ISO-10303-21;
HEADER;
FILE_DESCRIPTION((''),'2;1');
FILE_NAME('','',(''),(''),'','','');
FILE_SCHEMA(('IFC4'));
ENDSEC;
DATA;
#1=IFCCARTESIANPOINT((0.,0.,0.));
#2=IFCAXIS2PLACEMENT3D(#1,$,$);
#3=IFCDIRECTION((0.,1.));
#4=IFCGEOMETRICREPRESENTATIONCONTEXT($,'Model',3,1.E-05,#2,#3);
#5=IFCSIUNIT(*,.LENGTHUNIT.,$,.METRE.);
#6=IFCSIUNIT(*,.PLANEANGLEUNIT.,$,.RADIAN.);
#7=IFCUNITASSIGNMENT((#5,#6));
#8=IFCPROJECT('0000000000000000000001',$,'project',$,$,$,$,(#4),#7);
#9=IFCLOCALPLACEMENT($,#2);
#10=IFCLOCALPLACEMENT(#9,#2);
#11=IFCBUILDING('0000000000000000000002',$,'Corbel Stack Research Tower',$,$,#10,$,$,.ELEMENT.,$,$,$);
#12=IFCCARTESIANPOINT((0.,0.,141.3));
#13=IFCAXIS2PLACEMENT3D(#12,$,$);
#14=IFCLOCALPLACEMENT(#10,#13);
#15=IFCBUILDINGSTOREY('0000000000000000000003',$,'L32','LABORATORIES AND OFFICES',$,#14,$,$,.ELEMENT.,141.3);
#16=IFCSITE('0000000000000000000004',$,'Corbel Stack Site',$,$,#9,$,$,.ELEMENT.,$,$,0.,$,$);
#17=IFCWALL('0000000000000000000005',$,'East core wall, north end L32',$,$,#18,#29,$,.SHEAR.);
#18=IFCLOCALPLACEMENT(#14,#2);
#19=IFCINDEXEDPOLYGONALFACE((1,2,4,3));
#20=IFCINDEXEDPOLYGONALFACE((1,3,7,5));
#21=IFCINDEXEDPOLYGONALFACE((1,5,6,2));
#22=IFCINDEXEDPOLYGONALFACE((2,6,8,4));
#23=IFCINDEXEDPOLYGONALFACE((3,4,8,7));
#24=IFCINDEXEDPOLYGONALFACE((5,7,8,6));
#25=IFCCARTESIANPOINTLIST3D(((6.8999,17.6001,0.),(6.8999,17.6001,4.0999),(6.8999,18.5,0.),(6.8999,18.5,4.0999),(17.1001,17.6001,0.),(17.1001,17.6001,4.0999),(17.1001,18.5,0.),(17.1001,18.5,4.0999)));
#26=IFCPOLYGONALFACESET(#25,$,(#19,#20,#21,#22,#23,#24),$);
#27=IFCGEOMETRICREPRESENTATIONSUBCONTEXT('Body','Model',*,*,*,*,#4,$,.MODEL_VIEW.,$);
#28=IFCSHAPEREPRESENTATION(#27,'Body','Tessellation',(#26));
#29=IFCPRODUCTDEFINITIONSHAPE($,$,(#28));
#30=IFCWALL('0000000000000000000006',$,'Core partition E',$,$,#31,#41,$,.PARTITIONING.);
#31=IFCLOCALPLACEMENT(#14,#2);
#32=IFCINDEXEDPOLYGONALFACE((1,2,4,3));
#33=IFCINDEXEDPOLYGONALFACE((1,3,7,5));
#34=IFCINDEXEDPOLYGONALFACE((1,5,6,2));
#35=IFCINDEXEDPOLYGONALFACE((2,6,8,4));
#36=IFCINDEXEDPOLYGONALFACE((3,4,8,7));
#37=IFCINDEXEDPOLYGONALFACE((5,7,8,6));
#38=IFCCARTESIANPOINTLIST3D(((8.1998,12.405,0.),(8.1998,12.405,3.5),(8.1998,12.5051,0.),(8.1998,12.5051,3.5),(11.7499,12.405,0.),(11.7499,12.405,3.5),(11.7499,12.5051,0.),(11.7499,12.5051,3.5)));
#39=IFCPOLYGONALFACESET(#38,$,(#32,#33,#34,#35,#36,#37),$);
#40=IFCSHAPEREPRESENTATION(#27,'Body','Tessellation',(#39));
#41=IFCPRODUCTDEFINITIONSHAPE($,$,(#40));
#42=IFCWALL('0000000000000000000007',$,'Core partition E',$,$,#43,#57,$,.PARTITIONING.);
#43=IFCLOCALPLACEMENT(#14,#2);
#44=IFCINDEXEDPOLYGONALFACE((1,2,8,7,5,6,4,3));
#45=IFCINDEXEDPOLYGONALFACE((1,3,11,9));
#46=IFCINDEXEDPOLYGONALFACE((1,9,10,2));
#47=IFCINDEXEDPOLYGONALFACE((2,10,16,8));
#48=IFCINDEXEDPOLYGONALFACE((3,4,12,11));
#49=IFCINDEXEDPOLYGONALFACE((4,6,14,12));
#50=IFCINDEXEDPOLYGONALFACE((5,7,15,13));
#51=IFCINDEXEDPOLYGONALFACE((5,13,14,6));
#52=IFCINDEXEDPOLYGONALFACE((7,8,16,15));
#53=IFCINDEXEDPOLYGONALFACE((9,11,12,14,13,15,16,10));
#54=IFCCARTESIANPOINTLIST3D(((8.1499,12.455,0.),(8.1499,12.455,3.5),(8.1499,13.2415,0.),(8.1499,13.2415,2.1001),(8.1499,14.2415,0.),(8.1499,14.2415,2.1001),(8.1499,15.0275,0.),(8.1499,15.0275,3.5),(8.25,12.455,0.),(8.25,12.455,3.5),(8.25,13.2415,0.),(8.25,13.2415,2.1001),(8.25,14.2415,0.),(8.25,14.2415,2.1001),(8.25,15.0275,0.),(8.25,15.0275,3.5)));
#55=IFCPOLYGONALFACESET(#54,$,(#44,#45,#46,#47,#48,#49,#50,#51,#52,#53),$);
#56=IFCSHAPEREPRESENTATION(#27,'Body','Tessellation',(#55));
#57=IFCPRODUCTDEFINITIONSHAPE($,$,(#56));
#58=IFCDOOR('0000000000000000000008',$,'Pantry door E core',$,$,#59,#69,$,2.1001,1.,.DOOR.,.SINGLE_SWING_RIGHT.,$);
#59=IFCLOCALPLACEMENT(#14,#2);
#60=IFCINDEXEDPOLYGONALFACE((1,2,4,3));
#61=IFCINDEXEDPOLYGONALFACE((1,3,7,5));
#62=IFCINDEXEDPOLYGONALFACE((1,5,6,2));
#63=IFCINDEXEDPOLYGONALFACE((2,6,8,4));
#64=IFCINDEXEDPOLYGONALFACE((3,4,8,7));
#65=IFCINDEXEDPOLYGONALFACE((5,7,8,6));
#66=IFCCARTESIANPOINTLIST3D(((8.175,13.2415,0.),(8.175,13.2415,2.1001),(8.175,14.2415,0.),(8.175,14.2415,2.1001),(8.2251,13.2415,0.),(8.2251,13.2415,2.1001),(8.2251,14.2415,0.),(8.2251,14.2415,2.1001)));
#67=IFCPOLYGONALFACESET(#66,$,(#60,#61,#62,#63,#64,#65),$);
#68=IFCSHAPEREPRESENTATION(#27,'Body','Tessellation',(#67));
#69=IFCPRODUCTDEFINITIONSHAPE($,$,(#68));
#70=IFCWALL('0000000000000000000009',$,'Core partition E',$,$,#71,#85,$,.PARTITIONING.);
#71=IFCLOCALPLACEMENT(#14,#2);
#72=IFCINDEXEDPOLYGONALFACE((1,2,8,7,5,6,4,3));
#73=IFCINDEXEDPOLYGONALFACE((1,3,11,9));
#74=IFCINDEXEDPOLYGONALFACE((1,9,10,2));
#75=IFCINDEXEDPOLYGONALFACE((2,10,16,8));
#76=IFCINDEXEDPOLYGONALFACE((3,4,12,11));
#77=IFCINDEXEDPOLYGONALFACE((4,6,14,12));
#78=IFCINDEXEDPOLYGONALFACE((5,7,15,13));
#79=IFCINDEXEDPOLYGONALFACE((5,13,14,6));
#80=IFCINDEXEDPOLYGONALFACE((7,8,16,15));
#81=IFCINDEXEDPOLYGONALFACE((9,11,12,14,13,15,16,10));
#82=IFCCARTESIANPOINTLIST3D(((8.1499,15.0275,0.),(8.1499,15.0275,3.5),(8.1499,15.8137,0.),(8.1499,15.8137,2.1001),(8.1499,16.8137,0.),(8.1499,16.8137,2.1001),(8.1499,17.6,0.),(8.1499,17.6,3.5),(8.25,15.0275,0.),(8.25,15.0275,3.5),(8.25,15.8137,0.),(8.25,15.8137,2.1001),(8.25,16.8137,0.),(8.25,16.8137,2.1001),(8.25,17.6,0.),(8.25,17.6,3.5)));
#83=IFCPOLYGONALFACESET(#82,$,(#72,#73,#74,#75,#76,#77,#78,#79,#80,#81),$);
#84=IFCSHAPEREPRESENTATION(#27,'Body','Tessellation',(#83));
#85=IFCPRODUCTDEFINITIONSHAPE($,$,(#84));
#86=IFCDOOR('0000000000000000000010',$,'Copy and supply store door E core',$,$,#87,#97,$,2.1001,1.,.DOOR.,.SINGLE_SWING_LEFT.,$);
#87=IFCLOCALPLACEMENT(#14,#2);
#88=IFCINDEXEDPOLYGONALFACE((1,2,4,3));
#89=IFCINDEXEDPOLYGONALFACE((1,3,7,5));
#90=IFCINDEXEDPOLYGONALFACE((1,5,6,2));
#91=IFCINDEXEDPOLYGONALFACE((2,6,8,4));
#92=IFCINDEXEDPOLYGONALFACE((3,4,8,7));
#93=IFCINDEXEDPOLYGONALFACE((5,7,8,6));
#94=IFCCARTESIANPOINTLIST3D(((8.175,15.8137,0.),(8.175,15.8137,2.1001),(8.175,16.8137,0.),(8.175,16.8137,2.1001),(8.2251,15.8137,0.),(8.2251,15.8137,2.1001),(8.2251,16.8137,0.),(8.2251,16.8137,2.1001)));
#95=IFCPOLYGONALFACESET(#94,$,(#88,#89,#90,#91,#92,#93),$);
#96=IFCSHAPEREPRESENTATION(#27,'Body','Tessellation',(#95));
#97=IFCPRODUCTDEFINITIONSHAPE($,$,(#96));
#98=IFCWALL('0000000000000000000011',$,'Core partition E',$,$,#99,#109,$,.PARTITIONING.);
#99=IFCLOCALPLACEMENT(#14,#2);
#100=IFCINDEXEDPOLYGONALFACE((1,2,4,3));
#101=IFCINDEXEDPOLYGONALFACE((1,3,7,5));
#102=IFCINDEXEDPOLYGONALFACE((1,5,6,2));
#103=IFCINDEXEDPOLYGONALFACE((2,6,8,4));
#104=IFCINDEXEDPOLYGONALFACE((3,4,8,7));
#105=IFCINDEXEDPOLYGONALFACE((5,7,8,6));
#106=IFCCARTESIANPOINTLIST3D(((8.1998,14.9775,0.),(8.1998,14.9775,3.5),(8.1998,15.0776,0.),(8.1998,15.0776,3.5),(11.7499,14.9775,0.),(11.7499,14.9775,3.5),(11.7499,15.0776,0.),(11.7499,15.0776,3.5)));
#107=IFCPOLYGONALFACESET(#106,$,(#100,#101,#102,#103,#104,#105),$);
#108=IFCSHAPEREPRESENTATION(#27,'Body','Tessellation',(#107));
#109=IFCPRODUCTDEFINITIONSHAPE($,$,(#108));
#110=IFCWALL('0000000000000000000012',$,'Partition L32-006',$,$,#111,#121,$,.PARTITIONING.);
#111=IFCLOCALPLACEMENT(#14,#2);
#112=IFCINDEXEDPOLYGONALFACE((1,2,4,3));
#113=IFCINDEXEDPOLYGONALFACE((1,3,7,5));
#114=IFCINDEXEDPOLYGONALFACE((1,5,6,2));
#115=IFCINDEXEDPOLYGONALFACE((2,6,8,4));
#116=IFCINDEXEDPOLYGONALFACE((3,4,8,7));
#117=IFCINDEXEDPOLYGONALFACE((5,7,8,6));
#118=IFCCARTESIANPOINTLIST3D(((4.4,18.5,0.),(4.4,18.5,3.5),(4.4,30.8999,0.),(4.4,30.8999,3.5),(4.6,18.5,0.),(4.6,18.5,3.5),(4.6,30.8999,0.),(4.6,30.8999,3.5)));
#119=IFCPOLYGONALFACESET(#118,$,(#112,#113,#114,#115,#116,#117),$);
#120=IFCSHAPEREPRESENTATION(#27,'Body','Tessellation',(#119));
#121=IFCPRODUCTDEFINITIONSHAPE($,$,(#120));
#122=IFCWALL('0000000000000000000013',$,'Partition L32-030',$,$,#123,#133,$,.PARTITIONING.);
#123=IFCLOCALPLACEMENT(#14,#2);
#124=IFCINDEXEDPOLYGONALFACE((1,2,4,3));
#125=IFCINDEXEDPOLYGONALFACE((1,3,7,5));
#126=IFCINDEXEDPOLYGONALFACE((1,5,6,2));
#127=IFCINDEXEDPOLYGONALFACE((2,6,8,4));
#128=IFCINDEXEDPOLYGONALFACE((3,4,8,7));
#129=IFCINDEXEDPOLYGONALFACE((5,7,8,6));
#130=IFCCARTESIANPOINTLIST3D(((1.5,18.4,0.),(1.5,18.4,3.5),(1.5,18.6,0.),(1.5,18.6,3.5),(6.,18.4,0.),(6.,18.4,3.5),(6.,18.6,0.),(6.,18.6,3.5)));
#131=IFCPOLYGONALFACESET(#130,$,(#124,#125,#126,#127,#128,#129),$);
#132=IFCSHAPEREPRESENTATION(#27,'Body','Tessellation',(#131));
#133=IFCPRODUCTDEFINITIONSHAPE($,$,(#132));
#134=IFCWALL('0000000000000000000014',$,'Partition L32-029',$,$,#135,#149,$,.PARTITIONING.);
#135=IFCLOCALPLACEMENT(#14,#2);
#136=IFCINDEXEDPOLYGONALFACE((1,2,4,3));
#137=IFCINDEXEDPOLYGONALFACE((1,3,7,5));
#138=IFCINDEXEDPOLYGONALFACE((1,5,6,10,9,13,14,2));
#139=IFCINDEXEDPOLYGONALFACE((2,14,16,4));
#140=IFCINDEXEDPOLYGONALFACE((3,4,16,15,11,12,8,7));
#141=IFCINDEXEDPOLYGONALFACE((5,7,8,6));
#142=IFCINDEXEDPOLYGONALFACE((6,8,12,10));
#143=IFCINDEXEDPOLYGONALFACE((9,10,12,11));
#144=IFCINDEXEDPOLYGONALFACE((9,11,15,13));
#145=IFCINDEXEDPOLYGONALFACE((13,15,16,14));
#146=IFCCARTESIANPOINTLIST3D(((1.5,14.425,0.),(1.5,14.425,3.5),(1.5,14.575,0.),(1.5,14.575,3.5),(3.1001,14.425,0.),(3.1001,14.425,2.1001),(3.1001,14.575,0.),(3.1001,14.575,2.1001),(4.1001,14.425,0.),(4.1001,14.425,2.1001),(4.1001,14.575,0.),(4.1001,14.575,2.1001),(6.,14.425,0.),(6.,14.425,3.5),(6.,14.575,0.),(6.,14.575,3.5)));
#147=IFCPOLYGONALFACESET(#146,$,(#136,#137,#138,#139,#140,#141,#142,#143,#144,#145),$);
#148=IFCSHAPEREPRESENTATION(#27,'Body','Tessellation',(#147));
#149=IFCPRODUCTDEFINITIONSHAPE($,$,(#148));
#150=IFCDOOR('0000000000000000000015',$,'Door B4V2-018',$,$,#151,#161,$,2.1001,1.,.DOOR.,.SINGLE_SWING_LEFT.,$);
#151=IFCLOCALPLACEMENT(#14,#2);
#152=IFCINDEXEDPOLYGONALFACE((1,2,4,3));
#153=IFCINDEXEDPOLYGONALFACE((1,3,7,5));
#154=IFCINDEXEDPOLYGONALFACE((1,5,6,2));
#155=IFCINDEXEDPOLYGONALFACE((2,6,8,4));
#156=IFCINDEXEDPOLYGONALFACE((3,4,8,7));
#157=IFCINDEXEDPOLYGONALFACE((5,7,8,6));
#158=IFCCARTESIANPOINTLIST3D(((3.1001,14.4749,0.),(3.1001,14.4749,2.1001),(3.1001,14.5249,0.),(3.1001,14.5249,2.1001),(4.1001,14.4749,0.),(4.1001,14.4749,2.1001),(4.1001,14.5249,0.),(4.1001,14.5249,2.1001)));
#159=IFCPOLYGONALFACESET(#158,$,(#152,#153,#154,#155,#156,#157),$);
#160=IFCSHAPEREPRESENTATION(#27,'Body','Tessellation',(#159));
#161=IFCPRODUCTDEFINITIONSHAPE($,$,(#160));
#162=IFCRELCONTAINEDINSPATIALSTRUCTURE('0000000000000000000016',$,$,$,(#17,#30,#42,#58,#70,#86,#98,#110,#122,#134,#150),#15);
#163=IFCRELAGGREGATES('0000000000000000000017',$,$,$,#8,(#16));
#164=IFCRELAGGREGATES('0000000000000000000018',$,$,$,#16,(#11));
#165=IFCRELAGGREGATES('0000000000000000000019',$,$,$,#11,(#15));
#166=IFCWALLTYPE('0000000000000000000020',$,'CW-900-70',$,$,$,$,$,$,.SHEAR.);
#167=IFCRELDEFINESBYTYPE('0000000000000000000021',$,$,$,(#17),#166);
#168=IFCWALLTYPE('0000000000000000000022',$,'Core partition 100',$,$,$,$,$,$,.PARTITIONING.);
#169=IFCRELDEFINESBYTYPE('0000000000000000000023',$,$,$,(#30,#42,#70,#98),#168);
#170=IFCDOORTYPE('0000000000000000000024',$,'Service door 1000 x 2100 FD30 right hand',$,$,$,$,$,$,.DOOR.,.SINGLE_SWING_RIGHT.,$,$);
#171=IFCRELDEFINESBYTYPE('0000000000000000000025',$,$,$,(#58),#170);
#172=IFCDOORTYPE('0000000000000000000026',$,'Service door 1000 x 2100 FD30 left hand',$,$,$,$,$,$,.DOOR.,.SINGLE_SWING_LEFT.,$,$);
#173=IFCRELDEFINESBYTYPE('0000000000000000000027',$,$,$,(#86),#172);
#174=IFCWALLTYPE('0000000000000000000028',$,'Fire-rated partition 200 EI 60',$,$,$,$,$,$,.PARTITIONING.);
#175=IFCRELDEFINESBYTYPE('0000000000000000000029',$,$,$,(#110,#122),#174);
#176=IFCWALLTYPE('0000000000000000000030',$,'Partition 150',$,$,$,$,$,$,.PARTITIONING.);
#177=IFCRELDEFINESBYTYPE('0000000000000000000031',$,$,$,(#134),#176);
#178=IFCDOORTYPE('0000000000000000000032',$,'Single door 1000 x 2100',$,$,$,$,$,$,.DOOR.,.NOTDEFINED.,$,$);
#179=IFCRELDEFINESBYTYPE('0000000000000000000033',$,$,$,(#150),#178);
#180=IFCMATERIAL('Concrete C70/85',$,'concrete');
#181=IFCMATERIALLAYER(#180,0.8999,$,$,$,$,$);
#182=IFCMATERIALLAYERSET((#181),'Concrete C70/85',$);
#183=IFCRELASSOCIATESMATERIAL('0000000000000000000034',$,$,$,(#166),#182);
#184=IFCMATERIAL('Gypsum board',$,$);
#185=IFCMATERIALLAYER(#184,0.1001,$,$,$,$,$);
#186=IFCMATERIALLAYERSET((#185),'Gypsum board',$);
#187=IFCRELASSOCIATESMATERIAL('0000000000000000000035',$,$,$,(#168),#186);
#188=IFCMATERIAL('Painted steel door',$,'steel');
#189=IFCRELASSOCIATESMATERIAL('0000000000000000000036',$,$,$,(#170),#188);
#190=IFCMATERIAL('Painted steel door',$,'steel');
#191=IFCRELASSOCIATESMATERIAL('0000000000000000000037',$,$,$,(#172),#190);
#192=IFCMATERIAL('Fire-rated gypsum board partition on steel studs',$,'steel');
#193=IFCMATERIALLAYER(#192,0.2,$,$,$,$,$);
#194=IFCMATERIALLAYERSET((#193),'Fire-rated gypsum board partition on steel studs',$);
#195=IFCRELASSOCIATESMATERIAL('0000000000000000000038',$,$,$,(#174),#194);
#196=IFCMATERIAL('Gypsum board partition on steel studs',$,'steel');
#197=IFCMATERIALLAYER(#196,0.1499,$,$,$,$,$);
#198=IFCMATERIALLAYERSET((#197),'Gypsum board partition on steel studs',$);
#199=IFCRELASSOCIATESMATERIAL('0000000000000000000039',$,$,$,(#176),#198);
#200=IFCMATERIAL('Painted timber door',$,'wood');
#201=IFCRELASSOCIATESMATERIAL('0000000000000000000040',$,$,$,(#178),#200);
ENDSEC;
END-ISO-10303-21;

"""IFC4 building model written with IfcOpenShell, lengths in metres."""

from ifc_helpers import new_model, si_unit, direction, frame, frame_2d, origin, place, context, subcontext, project, spatial, rectangle, extrude, material, layer, layer_set, type_object, element, fill, save


model = new_model("IFC4")

# Units and contexts
model_context = context("Model", 3, precision=1e-05, world=origin(), true_north=direction((0.0, 1.0)))
body_context = subcontext(model_context, "Body", "Model", "MODEL_VIEW")
ifc_project = project(units=[si_unit("LENGTHUNIT", "METRE"), si_unit("PLANEANGLEUNIT", "RADIAN")], contexts=[model_context])

# Site, building, storey
site_placement = place(None, origin())
site = spatial("IfcSite", under=ifc_project, at=site_placement, Name="Corbel Stack Site", CompositionType="ELEMENT", RefElevation=0.0)
building_placement = place(site_placement, origin())
building = spatial("IfcBuilding", under=site, at=building_placement, Name="Corbel Stack Research Tower", CompositionType="ELEMENT")
storey_placement = place(building_placement, frame((0.0, 0.0, 141.3)))
storey = spatial("IfcBuildingStorey", under=building, at=storey_placement, Name="L32", Description="LABORATORIES AND OFFICES", CompositionType="ELEMENT", Elevation=141.3)

# Walls
ifc_material_1 = material(Name="Concrete C70/85", Category="concrete")
ifc_layer_1 = layer(ifc_material_1, 0.8999)
ifc_layer_set_1 = layer_set([ifc_layer_1], Name="Concrete C70/85")
wall_type_1 = type_object("IfcWallType", Name="CW-900-70", PredefinedType="SHEAR", material=ifc_layer_set_1)
wall_1_placement = place(storey_placement, frame((6.8999, 18.05, 0.0), z_axis=(0.0, 0.0, 1.0), x_axis=(1.0, 0.0, 0.0)))
element("IfcWall", 1, at=wall_1_placement, inside=storey, type_object=wall_type_1, Name="East core wall, north end L32", PredefinedType="SHEAR", context=body_context, shape_type="SweptSolid", body=[
    extrude(rectangle(XDim=10.2002, YDim=0.8999, at=frame_2d((5.1001, 0.0))), origin(), (0.0, 0.0, 1.0), 4.0999),
])
ifc_material_2 = material(Name="Gypsum board")
ifc_layer_2 = layer(ifc_material_2, 0.1001)
ifc_layer_set_2 = layer_set([ifc_layer_2], Name="Gypsum board")
wall_type_2 = type_object("IfcWallType", Name="Core partition 100", PredefinedType="PARTITIONING", material=ifc_layer_set_2)
wall_2_placement = place(storey_placement, frame((8.2, 12.4551, 0.0), z_axis=(0.0, 0.0, 1.0), x_axis=(1.0, 0.0, 0.0)))
element("IfcWall", 2, at=wall_2_placement, inside=storey, type_object=wall_type_2, Name="Core partition E", PredefinedType="PARTITIONING", context=body_context, shape_type="SweptSolid", body=[
    extrude(rectangle(XDim=3.55, YDim=0.1001, at=frame_2d((1.7749, 0.0))), origin(), (0.0, 0.0, 1.0), 3.5),
])

# Walls, openings, doors
wall_3_placement = place(storey_placement, frame((8.2, 12.4551, 0.0), z_axis=(0.0, 0.0, 1.0), x_axis=(0.0, 1.0, 0.0)))
wall_3 = element("IfcWall", 3, at=wall_3_placement, inside=storey, type_object=wall_type_2, Name="Core partition E", PredefinedType="PARTITIONING", context=body_context, shape_type="SweptSolid", body=[
    extrude(rectangle(XDim=2.5725, YDim=0.1001, at=frame_2d((1.2861, 0.0))), origin(), (0.0, 0.0, 1.0), 3.5),
])
opening_1_placement = place(wall_3_placement, frame((0.7864, 0.0, 0.0)))
opening_1 = element("IfcOpeningElement", 4, at=opening_1_placement, cuts=wall_3, PredefinedType="OPENING", context=body_context, shape_type="SweptSolid", body=[
    extrude(rectangle(XDim=1.0, YDim=2.1001, at=frame_2d((0.5, 1.05))), frame((0.0, 0.0601, 0.0), z_axis=(0.0, -1.0, 0.0), x_axis=(1.0, 0.0, 0.0)), (0.0, 0.0, 1.0), 0.1201),
])
ifc_material_3 = material(Name="Painted steel door", Category="steel")
door_type_1 = type_object("IfcDoorType", Name="Service door 1000 x 2100 FD30 right hand", OperationType="SINGLE_SWING_RIGHT", PredefinedType="DOOR", material=ifc_material_3)
door_1_placement = place(opening_1_placement, origin())
door_1 = element("IfcDoor", 5, at=door_1_placement, inside=storey, type_object=door_type_1, Name="Pantry door E core", OperationType="SINGLE_SWING_RIGHT", OverallHeight=2.1001, OverallWidth=1.0, PredefinedType="DOOR", context=body_context, shape_type="SweptSolid", body=[
    extrude(rectangle(XDim=1.0, YDim=2.1001, at=frame_2d((0.5, 1.05))), frame((0.0, 0.0249, 0.0), z_axis=(0.0, -1.0, 0.0), x_axis=(1.0, 0.0, 0.0)), (0.0, 0.0, 1.0), 0.05),
])
fill(opening_1, door_1)
wall_4_placement = place(storey_placement, frame((8.2, 15.0276, 0.0), z_axis=(0.0, 0.0, 1.0), x_axis=(0.0, 1.0, 0.0)))
wall_4 = element("IfcWall", 6, at=wall_4_placement, inside=storey, type_object=wall_type_2, Name="Core partition E", PredefinedType="PARTITIONING", context=body_context, shape_type="SweptSolid", body=[
    extrude(rectangle(XDim=2.5725, YDim=0.1001, at=frame_2d((1.2861, 0.0))), origin(), (0.0, 0.0, 1.0), 3.5),
])
opening_2_placement = place(wall_4_placement, frame((0.7861, 0.0, 0.0)))
opening_2 = element("IfcOpeningElement", 7, at=opening_2_placement, cuts=wall_4, PredefinedType="OPENING", context=body_context, shape_type="SweptSolid", body=[
    extrude(rectangle(XDim=1.0, YDim=2.1001, at=frame_2d((0.5, 1.05))), frame((0.0, 0.0601, 0.0), z_axis=(0.0, -1.0, 0.0), x_axis=(1.0, 0.0, 0.0)), (0.0, 0.0, 1.0), 0.1201),
])
ifc_material_4 = material(Name="Painted steel door", Category="steel")
door_type_2 = type_object("IfcDoorType", Name="Service door 1000 x 2100 FD30 left hand", OperationType="SINGLE_SWING_LEFT", PredefinedType="DOOR", material=ifc_material_4)
door_2_placement = place(opening_2_placement, origin())
door_2 = element("IfcDoor", 8, at=door_2_placement, inside=storey, type_object=door_type_2, Name="Copy and supply store door E core", OperationType="SINGLE_SWING_LEFT", OverallHeight=2.1001, OverallWidth=1.0, PredefinedType="DOOR", context=body_context, shape_type="SweptSolid", body=[
    extrude(rectangle(XDim=1.0, YDim=2.1001, at=frame_2d((0.5, 1.05))), frame((0.0, 0.0249, 0.0), z_axis=(0.0, -1.0, 0.0), x_axis=(1.0, 0.0, 0.0)), (0.0, 0.0, 1.0), 0.05),
])
fill(opening_2, door_2)

# Walls
wall_5_placement = place(storey_placement, frame((8.2, 15.0276, 0.0), z_axis=(0.0, 0.0, 1.0), x_axis=(1.0, 0.0, 0.0)))
element("IfcWall", 9, at=wall_5_placement, inside=storey, type_object=wall_type_2, Name="Core partition E", PredefinedType="PARTITIONING", context=body_context, shape_type="SweptSolid", body=[
    extrude(rectangle(XDim=3.55, YDim=0.1001, at=frame_2d((1.7749, 0.0))), origin(), (0.0, 0.0, 1.0), 3.5),
])
ifc_material_5 = material(Name="Fire-rated gypsum board partition on steel studs", Category="steel")
ifc_layer_3 = layer(ifc_material_5, 0.2)
ifc_layer_set_3 = layer_set([ifc_layer_3], Name="Fire-rated gypsum board partition on steel studs")
wall_type_3 = type_object("IfcWallType", Name="Fire-rated partition 200 EI 60", PredefinedType="PARTITIONING", material=ifc_layer_set_3)
wall_6_placement = place(storey_placement, frame((4.5, 18.5, 0.0), z_axis=(0.0, 0.0, 1.0), x_axis=(0.0, 1.0, 0.0)))
element("IfcWall", 10, at=wall_6_placement, inside=storey, type_object=wall_type_3, Name="Partition L32-006", PredefinedType="PARTITIONING", context=body_context, shape_type="SweptSolid", body=[
    extrude(rectangle(XDim=12.3999, YDim=0.2, at=frame_2d((6.2, 0.0))), origin(), (0.0, 0.0, 1.0), 3.5),
])
wall_7_placement = place(storey_placement, frame((1.5, 18.5, 0.0), z_axis=(0.0, 0.0, 1.0), x_axis=(1.0, 0.0, 0.0)))
element("IfcWall", 11, at=wall_7_placement, inside=storey, type_object=wall_type_3, Name="Partition L32-030", PredefinedType="PARTITIONING", context=body_context, shape_type="SweptSolid", body=[
    extrude(rectangle(XDim=4.5, YDim=0.2, at=frame_2d((2.25, 0.0))), origin(), (0.0, 0.0, 1.0), 3.5),
])

# Wall, opening, door
ifc_material_6 = material(Name="Gypsum board partition on steel studs", Category="steel")
ifc_layer_4 = layer(ifc_material_6, 0.1499)
ifc_layer_set_4 = layer_set([ifc_layer_4], Name="Gypsum board partition on steel studs")
wall_type_4 = type_object("IfcWallType", Name="Partition 150", PredefinedType="PARTITIONING", material=ifc_layer_set_4)
wall_8_placement = place(storey_placement, frame((1.5, 14.5, 0.0), z_axis=(0.0, 0.0, 1.0), x_axis=(1.0, 0.0, 0.0)))
wall_8 = element("IfcWall", 12, at=wall_8_placement, inside=storey, type_object=wall_type_4, Name="Partition L32-029", PredefinedType="PARTITIONING", context=body_context, shape_type="SweptSolid", body=[
    extrude(rectangle(XDim=4.5, YDim=0.1499, at=frame_2d((2.25, 0.0))), origin(), (0.0, 0.0, 1.0), 3.5),
])
opening_3_placement = place(wall_8_placement, frame((1.6001, 0.0, 0.0)))
opening_3 = element("IfcOpeningElement", 13, at=opening_3_placement, cuts=wall_8, PredefinedType="OPENING", context=body_context, shape_type="SweptSolid", body=[
    extrude(rectangle(XDim=1.0, YDim=2.1001, at=frame_2d((0.5, 1.05))), frame((0.0, 0.085, 0.0), z_axis=(0.0, -1.0, 0.0), x_axis=(1.0, 0.0, 0.0)), (0.0, 0.0, 1.0), 0.1699),
])
ifc_material_7 = material(Name="Painted timber door", Category="wood")
door_type_3 = type_object("IfcDoorType", Name="Single door 1000 x 2100", OperationType="NOTDEFINED", PredefinedType="DOOR", material=ifc_material_7)
door_3_placement = place(opening_3_placement, origin())
door_3 = element("IfcDoor", 14, at=door_3_placement, inside=storey, type_object=door_type_3, Name="Door B4V2-018", OperationType="SINGLE_SWING_LEFT", OverallHeight=2.1001, OverallWidth=1.0, PredefinedType="DOOR", context=body_context, shape_type="SweptSolid", body=[
    extrude(rectangle(XDim=1.0, YDim=2.1001, at=frame_2d((0.5, 1.05))), frame((0.0, 0.0249, 0.0), z_axis=(0.0, -1.0, 0.0), x_axis=(1.0, 0.0, 0.0)), (0.0, 0.0, 1.0), 0.05),
])
fill(opening_3, door_3)

save(model, "model.ifc")
